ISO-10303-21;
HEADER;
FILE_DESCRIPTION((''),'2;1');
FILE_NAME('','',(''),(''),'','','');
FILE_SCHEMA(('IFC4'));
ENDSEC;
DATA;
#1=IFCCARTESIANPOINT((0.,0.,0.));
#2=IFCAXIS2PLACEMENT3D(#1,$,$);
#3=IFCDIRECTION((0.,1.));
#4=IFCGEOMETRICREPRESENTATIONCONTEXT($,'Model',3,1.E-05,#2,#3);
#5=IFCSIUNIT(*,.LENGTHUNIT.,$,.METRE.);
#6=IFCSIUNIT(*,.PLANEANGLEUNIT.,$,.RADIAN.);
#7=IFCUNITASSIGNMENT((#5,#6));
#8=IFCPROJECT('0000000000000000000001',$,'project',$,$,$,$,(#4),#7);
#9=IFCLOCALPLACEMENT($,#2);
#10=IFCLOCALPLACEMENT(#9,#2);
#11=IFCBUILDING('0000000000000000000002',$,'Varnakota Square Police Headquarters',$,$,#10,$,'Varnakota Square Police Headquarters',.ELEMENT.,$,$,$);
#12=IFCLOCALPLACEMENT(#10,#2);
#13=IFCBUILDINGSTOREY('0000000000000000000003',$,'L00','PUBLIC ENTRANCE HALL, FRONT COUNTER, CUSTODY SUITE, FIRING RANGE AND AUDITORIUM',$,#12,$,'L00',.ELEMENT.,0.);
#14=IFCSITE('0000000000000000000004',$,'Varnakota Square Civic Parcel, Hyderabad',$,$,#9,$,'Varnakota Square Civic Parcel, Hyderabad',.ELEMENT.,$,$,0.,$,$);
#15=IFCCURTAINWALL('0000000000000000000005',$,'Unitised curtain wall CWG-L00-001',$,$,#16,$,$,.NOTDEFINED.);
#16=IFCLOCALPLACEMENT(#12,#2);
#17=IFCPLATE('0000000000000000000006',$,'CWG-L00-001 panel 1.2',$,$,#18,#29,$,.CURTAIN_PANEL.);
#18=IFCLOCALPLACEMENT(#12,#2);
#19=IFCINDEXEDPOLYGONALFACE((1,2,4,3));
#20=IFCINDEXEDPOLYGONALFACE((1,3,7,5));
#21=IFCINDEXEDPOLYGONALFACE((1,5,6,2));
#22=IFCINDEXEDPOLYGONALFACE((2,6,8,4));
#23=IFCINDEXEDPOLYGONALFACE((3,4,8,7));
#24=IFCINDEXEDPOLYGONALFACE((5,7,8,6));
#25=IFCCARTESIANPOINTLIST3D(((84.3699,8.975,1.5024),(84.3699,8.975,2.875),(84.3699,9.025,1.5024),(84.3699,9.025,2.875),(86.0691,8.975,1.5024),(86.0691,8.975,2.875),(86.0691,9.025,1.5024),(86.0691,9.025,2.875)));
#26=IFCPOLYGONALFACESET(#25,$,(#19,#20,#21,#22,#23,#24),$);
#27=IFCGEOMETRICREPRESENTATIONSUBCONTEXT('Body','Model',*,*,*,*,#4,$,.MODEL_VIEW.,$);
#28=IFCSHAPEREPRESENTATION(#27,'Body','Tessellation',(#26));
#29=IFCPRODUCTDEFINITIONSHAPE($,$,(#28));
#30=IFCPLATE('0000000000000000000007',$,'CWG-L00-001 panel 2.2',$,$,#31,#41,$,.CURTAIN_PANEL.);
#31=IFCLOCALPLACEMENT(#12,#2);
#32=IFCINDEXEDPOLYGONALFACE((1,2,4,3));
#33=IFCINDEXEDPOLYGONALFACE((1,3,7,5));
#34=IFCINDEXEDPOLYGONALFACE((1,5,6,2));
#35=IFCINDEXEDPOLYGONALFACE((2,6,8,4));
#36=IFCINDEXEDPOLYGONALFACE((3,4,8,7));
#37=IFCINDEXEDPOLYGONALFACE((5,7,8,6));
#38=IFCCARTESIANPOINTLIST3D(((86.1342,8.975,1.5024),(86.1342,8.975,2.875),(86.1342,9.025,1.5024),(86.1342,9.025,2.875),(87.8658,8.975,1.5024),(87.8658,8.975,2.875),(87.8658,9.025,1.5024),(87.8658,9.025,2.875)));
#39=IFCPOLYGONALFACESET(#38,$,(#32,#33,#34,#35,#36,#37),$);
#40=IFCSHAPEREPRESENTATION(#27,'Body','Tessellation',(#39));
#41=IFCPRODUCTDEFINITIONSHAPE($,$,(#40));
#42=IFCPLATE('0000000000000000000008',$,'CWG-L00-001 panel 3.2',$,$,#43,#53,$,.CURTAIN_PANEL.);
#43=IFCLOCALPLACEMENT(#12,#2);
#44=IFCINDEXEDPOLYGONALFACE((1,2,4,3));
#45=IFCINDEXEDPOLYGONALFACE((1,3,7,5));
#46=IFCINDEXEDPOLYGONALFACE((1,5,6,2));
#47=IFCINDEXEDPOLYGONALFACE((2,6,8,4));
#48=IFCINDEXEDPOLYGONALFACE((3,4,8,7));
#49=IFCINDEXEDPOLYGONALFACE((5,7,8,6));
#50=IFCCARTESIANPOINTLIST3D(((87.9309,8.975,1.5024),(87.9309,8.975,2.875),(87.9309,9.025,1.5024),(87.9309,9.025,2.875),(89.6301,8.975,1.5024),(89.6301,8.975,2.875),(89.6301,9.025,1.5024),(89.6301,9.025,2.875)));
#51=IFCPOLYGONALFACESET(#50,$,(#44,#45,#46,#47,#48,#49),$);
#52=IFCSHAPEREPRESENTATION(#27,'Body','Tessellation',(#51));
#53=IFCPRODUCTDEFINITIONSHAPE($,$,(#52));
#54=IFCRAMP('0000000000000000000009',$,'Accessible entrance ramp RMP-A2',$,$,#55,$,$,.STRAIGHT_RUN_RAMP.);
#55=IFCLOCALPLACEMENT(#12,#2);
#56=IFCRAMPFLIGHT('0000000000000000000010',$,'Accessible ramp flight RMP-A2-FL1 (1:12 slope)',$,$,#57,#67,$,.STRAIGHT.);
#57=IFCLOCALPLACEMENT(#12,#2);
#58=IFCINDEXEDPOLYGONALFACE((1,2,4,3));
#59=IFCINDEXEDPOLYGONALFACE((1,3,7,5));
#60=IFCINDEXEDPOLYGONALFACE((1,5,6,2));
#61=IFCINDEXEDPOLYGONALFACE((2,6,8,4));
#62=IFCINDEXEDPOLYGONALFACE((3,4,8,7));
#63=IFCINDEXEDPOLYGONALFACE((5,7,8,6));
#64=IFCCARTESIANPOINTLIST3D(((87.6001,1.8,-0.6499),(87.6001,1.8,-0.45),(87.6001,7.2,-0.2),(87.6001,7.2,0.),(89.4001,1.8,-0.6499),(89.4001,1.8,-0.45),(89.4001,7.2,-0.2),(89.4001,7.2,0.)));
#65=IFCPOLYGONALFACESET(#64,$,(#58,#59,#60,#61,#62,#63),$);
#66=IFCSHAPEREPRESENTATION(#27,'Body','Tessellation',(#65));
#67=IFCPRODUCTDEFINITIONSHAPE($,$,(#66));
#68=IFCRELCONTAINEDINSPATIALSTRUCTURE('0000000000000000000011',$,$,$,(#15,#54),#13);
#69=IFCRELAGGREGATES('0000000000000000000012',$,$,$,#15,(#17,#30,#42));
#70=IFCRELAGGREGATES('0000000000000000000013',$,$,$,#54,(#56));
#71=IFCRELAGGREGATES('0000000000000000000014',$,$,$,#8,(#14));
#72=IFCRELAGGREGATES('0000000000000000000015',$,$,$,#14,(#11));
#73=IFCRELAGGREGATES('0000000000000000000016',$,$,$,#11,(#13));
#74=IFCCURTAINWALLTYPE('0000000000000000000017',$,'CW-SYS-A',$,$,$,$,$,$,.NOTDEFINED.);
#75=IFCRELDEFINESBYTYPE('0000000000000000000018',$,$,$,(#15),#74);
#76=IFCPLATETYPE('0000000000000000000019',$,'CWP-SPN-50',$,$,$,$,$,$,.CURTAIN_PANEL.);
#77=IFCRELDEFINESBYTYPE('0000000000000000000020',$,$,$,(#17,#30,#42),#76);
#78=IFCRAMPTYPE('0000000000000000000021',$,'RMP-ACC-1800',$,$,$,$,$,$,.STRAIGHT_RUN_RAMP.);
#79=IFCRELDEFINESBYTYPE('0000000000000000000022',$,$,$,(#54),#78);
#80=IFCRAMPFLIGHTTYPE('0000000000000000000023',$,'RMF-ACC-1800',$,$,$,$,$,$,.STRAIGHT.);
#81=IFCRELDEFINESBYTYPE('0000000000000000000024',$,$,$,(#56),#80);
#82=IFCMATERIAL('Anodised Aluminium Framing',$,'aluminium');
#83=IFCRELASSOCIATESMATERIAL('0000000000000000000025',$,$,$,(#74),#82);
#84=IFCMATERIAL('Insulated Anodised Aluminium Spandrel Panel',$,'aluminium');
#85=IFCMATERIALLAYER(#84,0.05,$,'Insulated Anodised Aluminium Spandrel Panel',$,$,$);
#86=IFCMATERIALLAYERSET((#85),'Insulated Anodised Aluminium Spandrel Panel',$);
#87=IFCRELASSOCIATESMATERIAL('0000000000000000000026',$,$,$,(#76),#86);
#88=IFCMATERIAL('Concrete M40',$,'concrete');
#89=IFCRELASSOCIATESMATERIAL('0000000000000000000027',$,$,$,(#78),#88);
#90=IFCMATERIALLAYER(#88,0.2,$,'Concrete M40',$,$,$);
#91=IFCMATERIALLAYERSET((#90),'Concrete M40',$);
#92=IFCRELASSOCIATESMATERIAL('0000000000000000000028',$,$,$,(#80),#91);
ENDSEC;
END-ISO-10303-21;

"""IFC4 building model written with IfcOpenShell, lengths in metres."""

from ifc_helpers import new_model, si_unit, direction, frame, origin, origin_2d, place, context, subcontext, project, spatial, polyline, rectangle, outline, extrude, material, layer, layer_set, type_object, element, aggregate, save


model = new_model("IFC4")

# Units and contexts
model_context = context("Model", 3, precision=1e-05, world=origin(), true_north=direction((0.0, 1.0)))
body_context = subcontext(model_context, "Body", "Model", "MODEL_VIEW")
ifc_project = project(units=[si_unit("LENGTHUNIT", "METRE"), si_unit("PLANEANGLEUNIT", "RADIAN")], contexts=[model_context])

# Site, building, storey
site_placement = place(None, origin())
site = spatial("IfcSite", under=ifc_project, at=site_placement, Name="Varnakota Square Civic Parcel, Hyderabad", LongName="Varnakota Square Civic Parcel, Hyderabad", CompositionType="ELEMENT", RefElevation=0.0)
building_placement = place(site_placement, origin())
building = spatial("IfcBuilding", under=site, at=building_placement, Name="Varnakota Square Police Headquarters", LongName="Varnakota Square Police Headquarters", CompositionType="ELEMENT")
storey_placement = place(building_placement, origin())
storey = spatial("IfcBuildingStorey", under=building, at=storey_placement, Name="L00", Description="PUBLIC ENTRANCE HALL, FRONT COUNTER, CUSTODY SUITE, FIRING RANGE AND AUDITORIUM", LongName="L00", CompositionType="ELEMENT", Elevation=0.0)

# Curtain wall, plates
ifc_material_1 = material(Name="Anodised Aluminium Framing", Category="aluminium")
curtain_wall_type = type_object("IfcCurtainWallType", Name="CW-SYS-A", PredefinedType="NOTDEFINED", material=ifc_material_1)
curtain_wall_placement = place(storey_placement, origin())
curtain_wall = element("IfcCurtainWall", 1, at=curtain_wall_placement, inside=storey, type_object=curtain_wall_type, Name="Unitised curtain wall CWG-L00-001", PredefinedType="NOTDEFINED")
ifc_material_2 = material(Name="Insulated Anodised Aluminium Spandrel Panel", Category="aluminium")
ifc_layer_1 = layer(ifc_material_2, 0.05, Name="Insulated Anodised Aluminium Spandrel Panel")
ifc_layer_set_1 = layer_set([ifc_layer_1], Name="Insulated Anodised Aluminium Spandrel Panel")
plate_type_1 = type_object("IfcPlateType", Name="CWP-SPN-50", PredefinedType="CURTAIN_PANEL", material=ifc_layer_set_1)
plate_1_placement = place(storey_placement, frame((85.2195, 9.0, 1.5024), z_axis=(0.0, 0.0, 1.0), x_axis=(1.0, 0.0, 0.0)))
plate_1 = element("IfcPlate", 2, at=plate_1_placement, type_object=plate_type_1, Name="CWG-L00-001 panel 1.2", PredefinedType="CURTAIN_PANEL", context=body_context, shape_type="SweptSolid", body=[
    extrude(rectangle(XDim=1.6992, YDim=0.05, at=origin_2d()), origin(), (0.0, 0.0, 1.0), 1.3726),
])
plate_2_placement = place(storey_placement, frame((87.0, 9.0, 1.5024), z_axis=(0.0, 0.0, 1.0), x_axis=(1.0, 0.0, 0.0)))
plate_2 = element("IfcPlate", 3, at=plate_2_placement, type_object=plate_type_1, Name="CWG-L00-001 panel 2.2", PredefinedType="CURTAIN_PANEL", context=body_context, shape_type="SweptSolid", body=[
    extrude(rectangle(XDim=1.7317, YDim=0.05, at=origin_2d()), origin(), (0.0, 0.0, 1.0), 1.3726),
])
plate_3_placement = place(storey_placement, frame((88.7805, 9.0, 1.5024), z_axis=(0.0, 0.0, 1.0), x_axis=(1.0, 0.0, 0.0)))
plate_3 = element("IfcPlate", 4, at=plate_3_placement, type_object=plate_type_1, Name="CWG-L00-001 panel 3.2", PredefinedType="CURTAIN_PANEL", context=body_context, shape_type="SweptSolid", body=[
    extrude(rectangle(XDim=1.6992, YDim=0.05, at=origin_2d()), origin(), (0.0, 0.0, 1.0), 1.3726),
])
aggregate(curtain_wall, [plate_1, plate_2, plate_3])

# Ramp, ramp flight
ifc_material_3 = material(Name="Concrete M40", Category="concrete")
ramp_type = type_object("IfcRampType", Name="RMP-ACC-1800", PredefinedType="STRAIGHT_RUN_RAMP", material=ifc_material_3)
ramp_placement = place(storey_placement, origin())
ramp = element("IfcRamp", 5, at=ramp_placement, inside=storey, type_object=ramp_type, Name="Accessible entrance ramp RMP-A2", PredefinedType="STRAIGHT_RUN_RAMP")
ifc_layer_2 = layer(ifc_material_3, 0.2, Name="Concrete M40")
ifc_layer_set_2 = layer_set([ifc_layer_2], Name="Concrete M40")
ramp_flight_type = type_object("IfcRampFlightType", Name="RMF-ACC-1800", PredefinedType="STRAIGHT", material=ifc_layer_set_2)
ramp_flight_placement = place(storey_placement, frame((88.5, 1.8, -0.45), z_axis=(0.0, 0.0, 1.0), x_axis=(0.0, 1.0, 0.0)))
ramp_flight = element("IfcRampFlight", 6, at=ramp_flight_placement, type_object=ramp_flight_type, Name="Accessible ramp flight RMP-A2-FL1 (1:12 slope)", PredefinedType="STRAIGHT", context=body_context, shape_type="SweptSolid", body=[
    extrude(outline(polyline([(0.0, 0.0), (5.3999, 0.45), (5.3999, 0.25), (0.0, -0.2), (0.0, 0.0)])), frame((0.0, 0.8999, 0.0), z_axis=(0.0, -1.0, 0.0), x_axis=(1.0, 0.0, 0.0)), (0.0, 0.0, 1.0), 1.8),
])
aggregate(ramp, [ramp_flight])

save(model, "model.ifc")
